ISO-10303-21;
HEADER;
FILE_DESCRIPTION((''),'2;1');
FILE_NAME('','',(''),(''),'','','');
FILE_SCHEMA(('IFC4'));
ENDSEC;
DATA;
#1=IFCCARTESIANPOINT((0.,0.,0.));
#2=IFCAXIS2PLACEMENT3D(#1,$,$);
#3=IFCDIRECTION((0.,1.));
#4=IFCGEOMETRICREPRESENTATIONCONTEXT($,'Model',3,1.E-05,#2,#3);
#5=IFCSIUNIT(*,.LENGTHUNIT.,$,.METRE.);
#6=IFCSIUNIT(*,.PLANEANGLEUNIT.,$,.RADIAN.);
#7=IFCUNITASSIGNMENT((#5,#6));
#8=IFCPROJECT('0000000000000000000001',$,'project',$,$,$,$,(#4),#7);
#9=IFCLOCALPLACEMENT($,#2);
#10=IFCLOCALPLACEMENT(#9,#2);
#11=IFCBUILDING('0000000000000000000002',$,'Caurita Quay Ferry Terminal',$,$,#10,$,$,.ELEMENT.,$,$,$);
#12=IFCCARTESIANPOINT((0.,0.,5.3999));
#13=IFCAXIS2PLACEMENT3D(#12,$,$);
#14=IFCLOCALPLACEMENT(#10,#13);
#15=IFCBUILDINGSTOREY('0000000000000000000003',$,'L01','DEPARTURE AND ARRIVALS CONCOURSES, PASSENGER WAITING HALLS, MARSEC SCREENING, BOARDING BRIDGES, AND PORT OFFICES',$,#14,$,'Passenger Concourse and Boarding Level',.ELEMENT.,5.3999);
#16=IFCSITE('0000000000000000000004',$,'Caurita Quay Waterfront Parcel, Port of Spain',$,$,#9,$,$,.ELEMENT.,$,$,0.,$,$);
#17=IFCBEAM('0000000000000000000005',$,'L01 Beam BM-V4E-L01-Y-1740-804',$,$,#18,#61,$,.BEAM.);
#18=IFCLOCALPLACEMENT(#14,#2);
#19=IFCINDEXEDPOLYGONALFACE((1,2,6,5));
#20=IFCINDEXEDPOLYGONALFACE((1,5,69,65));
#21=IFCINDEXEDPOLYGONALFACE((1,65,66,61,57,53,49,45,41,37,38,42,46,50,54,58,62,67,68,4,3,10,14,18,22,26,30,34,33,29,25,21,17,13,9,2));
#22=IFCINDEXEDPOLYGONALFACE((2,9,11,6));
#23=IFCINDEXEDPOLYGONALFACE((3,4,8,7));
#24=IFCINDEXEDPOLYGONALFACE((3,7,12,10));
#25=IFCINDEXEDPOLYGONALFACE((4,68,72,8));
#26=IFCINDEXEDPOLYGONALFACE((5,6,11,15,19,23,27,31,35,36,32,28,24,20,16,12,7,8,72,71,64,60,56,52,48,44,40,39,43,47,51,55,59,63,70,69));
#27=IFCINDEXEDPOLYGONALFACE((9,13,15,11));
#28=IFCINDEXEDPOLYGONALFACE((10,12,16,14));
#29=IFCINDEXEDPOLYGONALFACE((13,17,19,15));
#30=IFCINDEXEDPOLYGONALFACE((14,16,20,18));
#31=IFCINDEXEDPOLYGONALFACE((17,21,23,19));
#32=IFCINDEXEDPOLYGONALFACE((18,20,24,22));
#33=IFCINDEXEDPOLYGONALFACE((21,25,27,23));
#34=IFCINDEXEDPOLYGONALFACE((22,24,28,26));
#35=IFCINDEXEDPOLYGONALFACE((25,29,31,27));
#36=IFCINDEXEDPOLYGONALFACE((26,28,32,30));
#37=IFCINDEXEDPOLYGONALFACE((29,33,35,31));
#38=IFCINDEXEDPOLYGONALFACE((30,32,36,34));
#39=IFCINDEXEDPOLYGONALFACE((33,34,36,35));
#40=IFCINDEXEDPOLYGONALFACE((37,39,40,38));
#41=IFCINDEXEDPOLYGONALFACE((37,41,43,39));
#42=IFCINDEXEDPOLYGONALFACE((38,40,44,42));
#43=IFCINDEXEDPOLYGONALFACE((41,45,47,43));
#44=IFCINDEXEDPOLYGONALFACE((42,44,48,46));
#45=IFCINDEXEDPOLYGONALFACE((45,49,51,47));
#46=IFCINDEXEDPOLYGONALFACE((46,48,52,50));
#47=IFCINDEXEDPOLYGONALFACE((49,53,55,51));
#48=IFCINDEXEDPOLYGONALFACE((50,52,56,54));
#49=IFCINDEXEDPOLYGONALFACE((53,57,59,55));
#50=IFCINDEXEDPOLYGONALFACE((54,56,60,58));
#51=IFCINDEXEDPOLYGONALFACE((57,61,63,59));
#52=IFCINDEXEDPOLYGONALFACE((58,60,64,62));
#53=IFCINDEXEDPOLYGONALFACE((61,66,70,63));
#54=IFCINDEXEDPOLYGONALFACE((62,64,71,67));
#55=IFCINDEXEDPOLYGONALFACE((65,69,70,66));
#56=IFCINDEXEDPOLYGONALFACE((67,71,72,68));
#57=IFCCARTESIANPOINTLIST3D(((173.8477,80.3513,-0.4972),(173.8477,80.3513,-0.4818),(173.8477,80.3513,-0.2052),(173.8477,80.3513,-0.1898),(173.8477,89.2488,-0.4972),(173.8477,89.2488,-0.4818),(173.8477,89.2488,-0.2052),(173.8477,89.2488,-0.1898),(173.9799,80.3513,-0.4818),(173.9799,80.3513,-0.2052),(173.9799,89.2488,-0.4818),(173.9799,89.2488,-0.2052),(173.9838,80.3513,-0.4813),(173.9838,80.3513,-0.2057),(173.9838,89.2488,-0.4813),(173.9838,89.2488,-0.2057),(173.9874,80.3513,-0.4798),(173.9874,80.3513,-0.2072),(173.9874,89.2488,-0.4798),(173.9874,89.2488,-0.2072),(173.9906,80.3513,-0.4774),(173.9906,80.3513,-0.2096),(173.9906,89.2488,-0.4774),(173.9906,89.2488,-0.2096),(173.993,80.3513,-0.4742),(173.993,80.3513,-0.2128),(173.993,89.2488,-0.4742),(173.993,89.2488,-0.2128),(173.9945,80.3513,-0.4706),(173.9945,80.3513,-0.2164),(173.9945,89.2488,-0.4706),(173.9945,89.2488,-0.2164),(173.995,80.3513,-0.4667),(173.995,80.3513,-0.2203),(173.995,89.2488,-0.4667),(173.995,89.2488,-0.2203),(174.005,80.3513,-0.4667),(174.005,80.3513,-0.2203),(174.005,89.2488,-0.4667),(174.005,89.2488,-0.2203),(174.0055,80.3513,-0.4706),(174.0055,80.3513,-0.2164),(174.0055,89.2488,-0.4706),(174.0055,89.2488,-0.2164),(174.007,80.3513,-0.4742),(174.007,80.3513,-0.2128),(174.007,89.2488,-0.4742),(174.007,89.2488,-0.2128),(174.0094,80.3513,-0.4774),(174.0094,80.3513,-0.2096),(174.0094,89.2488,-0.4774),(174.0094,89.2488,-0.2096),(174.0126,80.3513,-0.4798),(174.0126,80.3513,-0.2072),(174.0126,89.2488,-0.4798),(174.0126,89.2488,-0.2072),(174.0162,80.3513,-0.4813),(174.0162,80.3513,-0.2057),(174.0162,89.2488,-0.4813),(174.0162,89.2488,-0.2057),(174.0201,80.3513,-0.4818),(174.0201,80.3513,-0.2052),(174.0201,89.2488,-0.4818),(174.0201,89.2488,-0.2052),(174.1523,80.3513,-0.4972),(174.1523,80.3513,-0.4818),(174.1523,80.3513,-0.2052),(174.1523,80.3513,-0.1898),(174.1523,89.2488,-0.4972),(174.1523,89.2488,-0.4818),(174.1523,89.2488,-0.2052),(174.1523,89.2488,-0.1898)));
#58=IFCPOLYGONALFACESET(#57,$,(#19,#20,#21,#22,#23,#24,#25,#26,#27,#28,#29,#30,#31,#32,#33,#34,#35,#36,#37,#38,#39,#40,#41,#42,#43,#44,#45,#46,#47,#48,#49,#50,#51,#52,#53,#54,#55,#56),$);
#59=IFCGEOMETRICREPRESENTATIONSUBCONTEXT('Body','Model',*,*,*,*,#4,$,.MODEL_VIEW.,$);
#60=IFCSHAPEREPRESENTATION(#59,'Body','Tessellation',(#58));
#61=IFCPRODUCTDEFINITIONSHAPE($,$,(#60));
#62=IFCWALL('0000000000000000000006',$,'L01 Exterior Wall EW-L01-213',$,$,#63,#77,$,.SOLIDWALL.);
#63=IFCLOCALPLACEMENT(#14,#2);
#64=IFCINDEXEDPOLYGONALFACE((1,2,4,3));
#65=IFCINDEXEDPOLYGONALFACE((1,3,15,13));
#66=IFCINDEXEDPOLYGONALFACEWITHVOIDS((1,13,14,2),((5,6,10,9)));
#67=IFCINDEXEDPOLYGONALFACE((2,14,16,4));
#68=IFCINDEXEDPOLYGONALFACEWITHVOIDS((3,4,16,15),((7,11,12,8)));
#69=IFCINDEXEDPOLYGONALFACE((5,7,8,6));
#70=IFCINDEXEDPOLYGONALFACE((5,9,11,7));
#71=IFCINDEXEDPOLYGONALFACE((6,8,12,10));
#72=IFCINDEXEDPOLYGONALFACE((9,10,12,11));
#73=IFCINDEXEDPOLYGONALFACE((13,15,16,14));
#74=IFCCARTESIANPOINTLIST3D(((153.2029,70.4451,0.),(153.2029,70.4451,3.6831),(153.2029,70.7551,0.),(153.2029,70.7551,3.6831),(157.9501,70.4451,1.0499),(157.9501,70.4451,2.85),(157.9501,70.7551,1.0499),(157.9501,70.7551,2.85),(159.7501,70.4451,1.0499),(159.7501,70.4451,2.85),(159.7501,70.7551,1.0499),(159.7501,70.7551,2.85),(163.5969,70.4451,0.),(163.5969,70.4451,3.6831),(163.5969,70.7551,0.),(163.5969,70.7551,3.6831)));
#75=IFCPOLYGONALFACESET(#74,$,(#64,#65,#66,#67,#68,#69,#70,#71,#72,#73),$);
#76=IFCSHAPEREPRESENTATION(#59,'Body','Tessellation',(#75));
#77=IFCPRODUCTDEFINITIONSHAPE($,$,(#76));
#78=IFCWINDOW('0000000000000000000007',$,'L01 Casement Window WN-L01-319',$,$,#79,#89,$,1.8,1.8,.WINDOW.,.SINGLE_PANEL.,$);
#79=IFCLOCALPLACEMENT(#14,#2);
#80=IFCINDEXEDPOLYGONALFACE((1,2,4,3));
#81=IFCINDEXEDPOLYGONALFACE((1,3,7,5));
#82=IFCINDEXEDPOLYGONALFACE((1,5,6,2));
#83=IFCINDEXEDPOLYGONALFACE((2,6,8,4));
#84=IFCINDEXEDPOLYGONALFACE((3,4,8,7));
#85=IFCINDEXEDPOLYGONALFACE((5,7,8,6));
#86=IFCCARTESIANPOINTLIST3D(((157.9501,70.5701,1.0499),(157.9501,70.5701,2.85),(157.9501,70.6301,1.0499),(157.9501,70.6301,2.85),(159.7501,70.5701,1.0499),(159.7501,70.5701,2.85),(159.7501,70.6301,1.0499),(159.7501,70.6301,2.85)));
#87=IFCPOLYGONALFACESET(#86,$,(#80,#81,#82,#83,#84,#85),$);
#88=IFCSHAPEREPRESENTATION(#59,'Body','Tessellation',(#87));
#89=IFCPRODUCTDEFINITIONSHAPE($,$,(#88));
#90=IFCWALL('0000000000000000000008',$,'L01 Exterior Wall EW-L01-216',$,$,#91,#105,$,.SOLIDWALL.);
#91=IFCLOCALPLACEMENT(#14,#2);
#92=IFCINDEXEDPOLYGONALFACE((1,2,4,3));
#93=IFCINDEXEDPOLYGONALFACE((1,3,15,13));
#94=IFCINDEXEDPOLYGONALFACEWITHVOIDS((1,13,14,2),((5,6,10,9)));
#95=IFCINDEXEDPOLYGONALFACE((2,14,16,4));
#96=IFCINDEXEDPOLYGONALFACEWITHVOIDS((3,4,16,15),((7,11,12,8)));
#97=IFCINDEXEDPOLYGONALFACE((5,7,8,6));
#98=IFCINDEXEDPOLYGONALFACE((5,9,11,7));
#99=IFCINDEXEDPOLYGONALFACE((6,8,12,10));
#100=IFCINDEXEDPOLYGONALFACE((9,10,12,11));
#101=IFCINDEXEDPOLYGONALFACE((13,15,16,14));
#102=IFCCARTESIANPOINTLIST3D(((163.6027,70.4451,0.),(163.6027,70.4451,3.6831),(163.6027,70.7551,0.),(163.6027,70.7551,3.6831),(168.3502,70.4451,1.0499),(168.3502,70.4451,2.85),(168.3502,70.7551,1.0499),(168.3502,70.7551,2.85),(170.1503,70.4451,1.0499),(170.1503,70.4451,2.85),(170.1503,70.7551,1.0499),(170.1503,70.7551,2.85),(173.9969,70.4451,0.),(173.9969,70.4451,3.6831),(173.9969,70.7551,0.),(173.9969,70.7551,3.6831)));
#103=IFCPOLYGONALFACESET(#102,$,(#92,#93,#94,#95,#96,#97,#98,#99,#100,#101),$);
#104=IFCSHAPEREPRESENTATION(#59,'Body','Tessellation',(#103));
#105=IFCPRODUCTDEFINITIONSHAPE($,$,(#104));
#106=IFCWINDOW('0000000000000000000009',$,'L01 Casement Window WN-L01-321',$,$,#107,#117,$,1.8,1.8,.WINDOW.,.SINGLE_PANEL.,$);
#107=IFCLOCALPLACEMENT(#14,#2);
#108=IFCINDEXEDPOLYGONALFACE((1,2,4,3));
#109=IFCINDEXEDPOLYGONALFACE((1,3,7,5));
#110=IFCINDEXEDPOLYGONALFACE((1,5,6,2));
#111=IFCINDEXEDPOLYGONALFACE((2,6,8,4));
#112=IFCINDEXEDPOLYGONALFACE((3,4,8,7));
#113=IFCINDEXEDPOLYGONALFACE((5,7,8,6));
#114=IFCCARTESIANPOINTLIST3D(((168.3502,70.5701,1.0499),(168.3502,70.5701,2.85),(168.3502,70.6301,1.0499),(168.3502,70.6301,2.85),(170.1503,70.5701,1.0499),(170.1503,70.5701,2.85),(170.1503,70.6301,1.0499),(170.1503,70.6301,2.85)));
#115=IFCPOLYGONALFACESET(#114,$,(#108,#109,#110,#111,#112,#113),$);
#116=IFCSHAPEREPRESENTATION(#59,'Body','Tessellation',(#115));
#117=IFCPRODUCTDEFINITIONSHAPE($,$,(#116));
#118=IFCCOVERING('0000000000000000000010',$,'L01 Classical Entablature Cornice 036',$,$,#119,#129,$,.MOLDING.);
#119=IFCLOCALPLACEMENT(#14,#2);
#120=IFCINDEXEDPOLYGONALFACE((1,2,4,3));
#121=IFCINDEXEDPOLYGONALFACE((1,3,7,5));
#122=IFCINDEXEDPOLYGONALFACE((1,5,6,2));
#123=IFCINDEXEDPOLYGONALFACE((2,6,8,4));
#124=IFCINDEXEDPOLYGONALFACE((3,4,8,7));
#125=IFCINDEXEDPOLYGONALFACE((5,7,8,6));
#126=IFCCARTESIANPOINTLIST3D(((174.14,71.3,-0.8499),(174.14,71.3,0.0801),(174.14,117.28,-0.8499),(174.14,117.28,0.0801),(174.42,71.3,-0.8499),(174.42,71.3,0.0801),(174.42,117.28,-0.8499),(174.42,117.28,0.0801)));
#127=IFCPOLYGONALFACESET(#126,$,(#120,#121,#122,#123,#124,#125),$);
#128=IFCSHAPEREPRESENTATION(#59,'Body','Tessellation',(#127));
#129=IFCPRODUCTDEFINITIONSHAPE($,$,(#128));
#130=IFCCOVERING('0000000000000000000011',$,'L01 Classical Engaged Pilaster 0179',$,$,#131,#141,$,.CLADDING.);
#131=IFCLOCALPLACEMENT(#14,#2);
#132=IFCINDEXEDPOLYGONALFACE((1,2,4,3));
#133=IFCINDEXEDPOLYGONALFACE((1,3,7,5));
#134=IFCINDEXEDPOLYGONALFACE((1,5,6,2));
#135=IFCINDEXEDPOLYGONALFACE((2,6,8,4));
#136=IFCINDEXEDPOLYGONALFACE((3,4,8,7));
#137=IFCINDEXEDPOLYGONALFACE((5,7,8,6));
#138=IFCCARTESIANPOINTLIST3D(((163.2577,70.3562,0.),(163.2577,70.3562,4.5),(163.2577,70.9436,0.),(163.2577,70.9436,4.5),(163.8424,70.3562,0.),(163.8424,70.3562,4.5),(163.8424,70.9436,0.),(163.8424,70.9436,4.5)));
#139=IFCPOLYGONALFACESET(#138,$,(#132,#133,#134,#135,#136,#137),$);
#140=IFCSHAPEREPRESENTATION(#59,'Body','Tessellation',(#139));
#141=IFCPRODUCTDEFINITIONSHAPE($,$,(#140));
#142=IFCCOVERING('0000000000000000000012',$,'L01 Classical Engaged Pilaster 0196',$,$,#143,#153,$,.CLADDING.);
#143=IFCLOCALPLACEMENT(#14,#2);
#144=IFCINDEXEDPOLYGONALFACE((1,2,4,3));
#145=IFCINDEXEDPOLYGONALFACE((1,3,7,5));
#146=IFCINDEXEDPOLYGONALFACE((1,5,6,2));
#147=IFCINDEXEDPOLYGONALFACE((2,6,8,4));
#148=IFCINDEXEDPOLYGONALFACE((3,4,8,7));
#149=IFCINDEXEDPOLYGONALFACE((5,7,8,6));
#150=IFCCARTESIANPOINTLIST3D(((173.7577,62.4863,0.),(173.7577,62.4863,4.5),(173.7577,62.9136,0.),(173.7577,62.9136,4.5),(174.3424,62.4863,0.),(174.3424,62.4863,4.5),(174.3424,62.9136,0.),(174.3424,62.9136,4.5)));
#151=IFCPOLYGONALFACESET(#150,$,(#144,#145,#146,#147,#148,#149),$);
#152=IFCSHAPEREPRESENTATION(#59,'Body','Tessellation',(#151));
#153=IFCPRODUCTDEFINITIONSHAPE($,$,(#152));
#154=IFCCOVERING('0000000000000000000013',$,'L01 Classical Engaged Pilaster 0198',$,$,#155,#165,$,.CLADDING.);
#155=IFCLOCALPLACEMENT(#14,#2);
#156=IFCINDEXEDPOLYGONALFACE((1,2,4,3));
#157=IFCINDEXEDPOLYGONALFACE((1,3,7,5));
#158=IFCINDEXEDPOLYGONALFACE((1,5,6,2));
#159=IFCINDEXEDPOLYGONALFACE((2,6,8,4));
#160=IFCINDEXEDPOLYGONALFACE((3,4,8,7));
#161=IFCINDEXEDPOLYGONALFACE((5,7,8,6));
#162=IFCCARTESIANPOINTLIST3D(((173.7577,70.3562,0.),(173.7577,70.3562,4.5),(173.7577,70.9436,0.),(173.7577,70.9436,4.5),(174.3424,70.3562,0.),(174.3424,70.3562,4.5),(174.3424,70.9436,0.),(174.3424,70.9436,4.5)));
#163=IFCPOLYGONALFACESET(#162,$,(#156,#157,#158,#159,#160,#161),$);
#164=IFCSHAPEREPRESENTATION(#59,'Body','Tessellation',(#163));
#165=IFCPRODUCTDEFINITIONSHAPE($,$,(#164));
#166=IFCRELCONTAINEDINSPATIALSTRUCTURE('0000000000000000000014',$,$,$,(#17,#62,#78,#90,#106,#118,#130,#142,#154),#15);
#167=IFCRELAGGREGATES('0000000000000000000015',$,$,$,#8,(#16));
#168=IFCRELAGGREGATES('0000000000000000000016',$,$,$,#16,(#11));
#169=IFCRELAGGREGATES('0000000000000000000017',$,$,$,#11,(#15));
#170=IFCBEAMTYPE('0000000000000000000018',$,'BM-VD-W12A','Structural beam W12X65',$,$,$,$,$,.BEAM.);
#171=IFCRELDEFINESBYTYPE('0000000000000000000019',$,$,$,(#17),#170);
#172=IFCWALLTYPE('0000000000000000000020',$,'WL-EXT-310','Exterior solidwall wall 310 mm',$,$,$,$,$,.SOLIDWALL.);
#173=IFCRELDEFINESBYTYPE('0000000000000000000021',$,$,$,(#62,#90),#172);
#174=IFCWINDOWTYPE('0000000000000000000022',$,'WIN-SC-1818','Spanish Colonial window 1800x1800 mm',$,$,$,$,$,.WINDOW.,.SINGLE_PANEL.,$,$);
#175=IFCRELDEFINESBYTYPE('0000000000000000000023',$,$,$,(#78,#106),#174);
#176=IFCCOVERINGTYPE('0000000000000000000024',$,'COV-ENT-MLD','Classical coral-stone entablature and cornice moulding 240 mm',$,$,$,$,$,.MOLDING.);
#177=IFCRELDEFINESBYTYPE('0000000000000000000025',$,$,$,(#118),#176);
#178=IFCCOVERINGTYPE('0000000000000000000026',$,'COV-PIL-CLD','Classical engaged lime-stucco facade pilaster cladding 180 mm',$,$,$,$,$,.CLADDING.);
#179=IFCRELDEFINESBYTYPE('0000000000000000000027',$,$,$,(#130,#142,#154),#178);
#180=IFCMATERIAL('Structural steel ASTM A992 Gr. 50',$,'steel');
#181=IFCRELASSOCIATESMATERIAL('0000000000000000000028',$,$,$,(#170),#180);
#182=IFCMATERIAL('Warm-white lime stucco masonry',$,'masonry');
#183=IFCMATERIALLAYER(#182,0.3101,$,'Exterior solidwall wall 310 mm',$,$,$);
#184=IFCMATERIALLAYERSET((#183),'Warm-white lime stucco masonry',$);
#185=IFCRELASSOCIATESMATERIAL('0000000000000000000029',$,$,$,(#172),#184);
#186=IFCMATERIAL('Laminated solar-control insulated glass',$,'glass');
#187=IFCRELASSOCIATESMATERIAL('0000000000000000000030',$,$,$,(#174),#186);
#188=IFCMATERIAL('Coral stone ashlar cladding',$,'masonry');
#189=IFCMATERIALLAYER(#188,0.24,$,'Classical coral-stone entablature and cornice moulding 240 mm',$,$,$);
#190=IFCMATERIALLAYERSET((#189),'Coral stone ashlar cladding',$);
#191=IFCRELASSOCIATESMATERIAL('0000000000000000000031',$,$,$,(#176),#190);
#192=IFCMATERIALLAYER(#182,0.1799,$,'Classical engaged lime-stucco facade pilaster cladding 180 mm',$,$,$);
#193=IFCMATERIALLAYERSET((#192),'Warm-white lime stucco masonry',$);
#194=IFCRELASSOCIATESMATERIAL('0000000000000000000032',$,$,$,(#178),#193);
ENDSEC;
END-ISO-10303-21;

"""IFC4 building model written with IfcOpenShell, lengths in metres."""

from ifc_helpers import new_model, si_unit, direction, frame, frame_2d, origin, origin_2d, place, context, subcontext, project, spatial, rectangle, i_section, extrude, material, layer, layer_set, material_profile, profile_set, type_object, element, fill, save


model = new_model("IFC4")

# Units and contexts
model_context = context("Model", 3, precision=1e-05, world=origin(), true_north=direction((0.0, 1.0)))
body_context = subcontext(model_context, "Body", "Model", "MODEL_VIEW")
ifc_project = project(units=[si_unit("LENGTHUNIT", "METRE"), si_unit("PLANEANGLEUNIT", "RADIAN")], contexts=[model_context])

# Site, building, storey
site_placement = place(None, origin())
site = spatial("IfcSite", under=ifc_project, at=site_placement, Name="Caurita Quay Waterfront Parcel, Port of Spain", CompositionType="ELEMENT", RefElevation=0.0)
building_placement = place(site_placement, origin())
building = spatial("IfcBuilding", under=site, at=building_placement, Name="Caurita Quay Ferry Terminal", CompositionType="ELEMENT")
storey_placement = place(building_placement, frame((0.0, 0.0, 5.3999)))
storey = spatial("IfcBuildingStorey", under=building, at=storey_placement, Name="L01", Description="DEPARTURE AND ARRIVALS CONCOURSES, PASSENGER WAITING HALLS, MARSEC SCREENING, BOARDING BRIDGES, AND PORT OFFICES", LongName="Passenger Concourse and Boarding Level", CompositionType="ELEMENT", Elevation=5.3999)

# Shared definitions
ifc_material_1 = material(Name="Structural steel ASTM A992 Gr. 50", Category="steel")

# Beam
ifc_material_profile_1 = material_profile(ifc_material_1, i_section(OverallWidth=0.3047, OverallDepth=0.3074, WebThickness=0.01, FlangeThickness=0.0154, FilletRadius=0.0151, at=origin_2d()), Name="W12X65")
ifc_profile_set_1 = profile_set([ifc_material_profile_1], Name="Structural steel ASTM A992 Gr. 50")
beam_type_1 = type_object("IfcBeamType", Name="BM-VD-W12A", Description="Structural beam W12X65", PredefinedType="BEAM", material=ifc_profile_set_1)
beam_1_placement = place(storey_placement, frame((174.0, 80.3513, -0.3435), z_axis=(0.0, 1.0, 0.0), x_axis=(-1.0, 0.0, 0.0)))
element("IfcBeam", 1, at=beam_1_placement, inside=storey, type_object=beam_type_1, Name="L01 Beam BM-V4E-L01-Y-1740-804", PredefinedType="BEAM", context=body_context, shape_type="SweptSolid", body=[
    extrude(i_section(OverallWidth=0.3047, OverallDepth=0.3074, WebThickness=0.01, FlangeThickness=0.0154, FilletRadius=0.0151, at=origin_2d()), origin(), (0.0, 0.0, 1.0), 8.8975),
])

# Walls, openings, windows
ifc_material_2 = material(Name="Warm-white lime stucco masonry", Category="masonry")
ifc_layer_1 = layer(ifc_material_2, 0.3101, Name="Exterior solidwall wall 310 mm")
ifc_layer_set_1 = layer_set([ifc_layer_1], Name="Warm-white lime stucco masonry")
wall_type = type_object("IfcWallType", Name="WL-EXT-310", Description="Exterior solidwall wall 310 mm", PredefinedType="SOLIDWALL", material=ifc_layer_set_1)
wall_1_placement = place(storey_placement, frame((163.5969, 70.6001, 0.0), z_axis=(0.0, 0.0, 1.0), x_axis=(-1.0, 0.0, 0.0)))
wall_1 = element("IfcWall", 2, at=wall_1_placement, inside=storey, type_object=wall_type, Name="L01 Exterior Wall EW-L01-213", PredefinedType="SOLIDWALL", context=body_context, shape_type="SweptSolid", body=[
    extrude(rectangle(XDim=10.394, YDim=0.3101, at=frame_2d((5.197, 0.0))), origin(), (0.0, 0.0, 1.0), 3.6831),
])
opening_1_placement = place(wall_1_placement, frame((3.8469, 0.0, 1.05)))
opening_1 = element("IfcOpeningElement", 3, at=opening_1_placement, cuts=wall_1, PredefinedType="OPENING", context=body_context, shape_type="SweptSolid", body=[
    extrude(rectangle(XDim=1.8, YDim=1.8, at=frame_2d((0.8999, 0.8999))), frame((0.0, 0.165, 0.0), z_axis=(0.0, -1.0, 0.0), x_axis=(1.0, 0.0, 0.0)), (0.0, 0.0, 1.0), 0.3301),
])
ifc_material_3 = material(Name="Laminated solar-control insulated glass", Category="glass")
window_type = type_object("IfcWindowType", Name="WIN-SC-1818", Description="Spanish Colonial window 1800x1800 mm", PartitioningType="SINGLE_PANEL", PredefinedType="WINDOW", material=ifc_material_3)
window_1_placement = place(opening_1_placement, origin())
window_1 = element("IfcWindow", 4, at=window_1_placement, inside=storey, type_object=window_type, Name="L01 Casement Window WN-L01-319", OverallHeight=1.8, OverallWidth=1.8, PartitioningType="SINGLE_PANEL", PredefinedType="WINDOW", context=body_context, shape_type="SweptSolid", body=[
    extrude(rectangle(XDim=1.8, YDim=1.8, at=frame_2d((0.8999, 0.8999))), frame((0.0, 0.03, 0.0), z_axis=(0.0, -1.0, 0.0), x_axis=(1.0, 0.0, 0.0)), (0.0, 0.0, 1.0), 0.0601),
])
fill(opening_1, window_1)
wall_2_placement = place(storey_placement, frame((173.9971, 70.6001, 0.0), z_axis=(0.0, 0.0, 1.0), x_axis=(-1.0, 0.0, 0.0)))
wall_2 = element("IfcWall", 5, at=wall_2_placement, inside=storey, type_object=wall_type, Name="L01 Exterior Wall EW-L01-216", PredefinedType="SOLIDWALL", context=body_context, shape_type="SweptSolid", body=[
    extrude(rectangle(XDim=10.3943, YDim=0.3101, at=frame_2d((5.1973, 0.0))), origin(), (0.0, 0.0, 1.0), 3.6831),
])
opening_2_placement = place(wall_2_placement, frame((3.8469, 0.0, 1.05)))
opening_2 = element("IfcOpeningElement", 6, at=opening_2_placement, cuts=wall_2, PredefinedType="OPENING", context=body_context, shape_type="SweptSolid", body=[
    extrude(rectangle(XDim=1.8, YDim=1.8, at=frame_2d((0.8999, 0.8999))), frame((0.0, 0.165, 0.0), z_axis=(0.0, -1.0, 0.0), x_axis=(1.0, 0.0, 0.0)), (0.0, 0.0, 1.0), 0.3301),
])
window_2_placement = place(opening_2_placement, origin())
window_2 = element("IfcWindow", 7, at=window_2_placement, inside=storey, type_object=window_type, Name="L01 Casement Window WN-L01-321", OverallHeight=1.8, OverallWidth=1.8, PartitioningType="SINGLE_PANEL", PredefinedType="WINDOW", context=body_context, shape_type="SweptSolid", body=[
    extrude(rectangle(XDim=1.8, YDim=1.8, at=frame_2d((0.8999, 0.8999))), frame((0.0, 0.03, 0.0), z_axis=(0.0, -1.0, 0.0), x_axis=(1.0, 0.0, 0.0)), (0.0, 0.0, 1.0), 0.0601),
])
fill(opening_2, window_2)

# Coverings
ifc_material_4 = material(Name="Coral stone ashlar cladding", Category="masonry")
ifc_layer_2 = layer(ifc_material_4, 0.24, Name="Classical coral-stone entablature and cornice moulding 240 mm")
ifc_layer_set_2 = layer_set([ifc_layer_2], Name="Coral stone ashlar cladding")
covering_type_1 = type_object("IfcCoveringType", Name="COV-ENT-MLD", Description="Classical coral-stone entablature and cornice moulding 240 mm", PredefinedType="MOLDING", material=ifc_layer_set_2)
covering_1_placement = place(storey_placement, frame((174.28, 71.3, -0.8499), z_axis=(0.0, 0.0, 1.0), x_axis=(0.0, 1.0, 0.0)))
element("IfcCovering", 8, at=covering_1_placement, inside=storey, type_object=covering_type_1, Name="L01 Classical Entablature Cornice 036", PredefinedType="MOLDING", context=body_context, shape_type="SweptSolid", body=[
    extrude(rectangle(XDim=45.98, YDim=0.28, at=frame_2d((22.99, 0.0))), origin(), (0.0, 0.0, 1.0), 0.9299),
])
ifc_layer_3 = layer(ifc_material_2, 0.1799, Name="Classical engaged lime-stucco facade pilaster cladding 180 mm")
ifc_layer_set_3 = layer_set([ifc_layer_3], Name="Warm-white lime stucco masonry")
covering_type_2 = type_object("IfcCoveringType", Name="COV-PIL-CLD", Description="Classical engaged lime-stucco facade pilaster cladding 180 mm", PredefinedType="CLADDING", material=ifc_layer_set_3)
covering_2_placement = place(storey_placement, frame((163.55, 70.6499, 0.0), z_axis=(0.0, 0.0, 1.0), x_axis=(1.0, 0.0, 0.0)))
element("IfcCovering", 9, at=covering_2_placement, inside=storey, type_object=covering_type_2, Name="L01 Classical Engaged Pilaster 0179", PredefinedType="CLADDING", context=body_context, shape_type="SweptSolid", body=[
    extrude(rectangle(XDim=0.5847, YDim=0.5874, at=origin_2d()), origin(), (0.0, 0.0, 1.0), 4.5),
])
covering_3_placement = place(storey_placement, frame((174.05, 62.7, 0.0), z_axis=(0.0, 0.0, 1.0), x_axis=(1.0, 0.0, 0.0)))
element("IfcCovering", 10, at=covering_3_placement, inside=storey, type_object=covering_type_2, Name="L01 Classical Engaged Pilaster 0196", PredefinedType="CLADDING", context=body_context, shape_type="SweptSolid", body=[
    extrude(rectangle(XDim=0.5847, YDim=0.4272, at=origin_2d()), origin(), (0.0, 0.0, 1.0), 4.5),
])
covering_4_placement = place(storey_placement, frame((174.05, 70.6499, 0.0), z_axis=(0.0, 0.0, 1.0), x_axis=(1.0, 0.0, 0.0)))
element("IfcCovering", 11, at=covering_4_placement, inside=storey, type_object=covering_type_2, Name="L01 Classical Engaged Pilaster 0198", PredefinedType="CLADDING", context=body_context, shape_type="SweptSolid", body=[
    extrude(rectangle(XDim=0.5847, YDim=0.5874, at=origin_2d()), origin(), (0.0, 0.0, 1.0), 4.5),
])

save(model, "model.ifc")
